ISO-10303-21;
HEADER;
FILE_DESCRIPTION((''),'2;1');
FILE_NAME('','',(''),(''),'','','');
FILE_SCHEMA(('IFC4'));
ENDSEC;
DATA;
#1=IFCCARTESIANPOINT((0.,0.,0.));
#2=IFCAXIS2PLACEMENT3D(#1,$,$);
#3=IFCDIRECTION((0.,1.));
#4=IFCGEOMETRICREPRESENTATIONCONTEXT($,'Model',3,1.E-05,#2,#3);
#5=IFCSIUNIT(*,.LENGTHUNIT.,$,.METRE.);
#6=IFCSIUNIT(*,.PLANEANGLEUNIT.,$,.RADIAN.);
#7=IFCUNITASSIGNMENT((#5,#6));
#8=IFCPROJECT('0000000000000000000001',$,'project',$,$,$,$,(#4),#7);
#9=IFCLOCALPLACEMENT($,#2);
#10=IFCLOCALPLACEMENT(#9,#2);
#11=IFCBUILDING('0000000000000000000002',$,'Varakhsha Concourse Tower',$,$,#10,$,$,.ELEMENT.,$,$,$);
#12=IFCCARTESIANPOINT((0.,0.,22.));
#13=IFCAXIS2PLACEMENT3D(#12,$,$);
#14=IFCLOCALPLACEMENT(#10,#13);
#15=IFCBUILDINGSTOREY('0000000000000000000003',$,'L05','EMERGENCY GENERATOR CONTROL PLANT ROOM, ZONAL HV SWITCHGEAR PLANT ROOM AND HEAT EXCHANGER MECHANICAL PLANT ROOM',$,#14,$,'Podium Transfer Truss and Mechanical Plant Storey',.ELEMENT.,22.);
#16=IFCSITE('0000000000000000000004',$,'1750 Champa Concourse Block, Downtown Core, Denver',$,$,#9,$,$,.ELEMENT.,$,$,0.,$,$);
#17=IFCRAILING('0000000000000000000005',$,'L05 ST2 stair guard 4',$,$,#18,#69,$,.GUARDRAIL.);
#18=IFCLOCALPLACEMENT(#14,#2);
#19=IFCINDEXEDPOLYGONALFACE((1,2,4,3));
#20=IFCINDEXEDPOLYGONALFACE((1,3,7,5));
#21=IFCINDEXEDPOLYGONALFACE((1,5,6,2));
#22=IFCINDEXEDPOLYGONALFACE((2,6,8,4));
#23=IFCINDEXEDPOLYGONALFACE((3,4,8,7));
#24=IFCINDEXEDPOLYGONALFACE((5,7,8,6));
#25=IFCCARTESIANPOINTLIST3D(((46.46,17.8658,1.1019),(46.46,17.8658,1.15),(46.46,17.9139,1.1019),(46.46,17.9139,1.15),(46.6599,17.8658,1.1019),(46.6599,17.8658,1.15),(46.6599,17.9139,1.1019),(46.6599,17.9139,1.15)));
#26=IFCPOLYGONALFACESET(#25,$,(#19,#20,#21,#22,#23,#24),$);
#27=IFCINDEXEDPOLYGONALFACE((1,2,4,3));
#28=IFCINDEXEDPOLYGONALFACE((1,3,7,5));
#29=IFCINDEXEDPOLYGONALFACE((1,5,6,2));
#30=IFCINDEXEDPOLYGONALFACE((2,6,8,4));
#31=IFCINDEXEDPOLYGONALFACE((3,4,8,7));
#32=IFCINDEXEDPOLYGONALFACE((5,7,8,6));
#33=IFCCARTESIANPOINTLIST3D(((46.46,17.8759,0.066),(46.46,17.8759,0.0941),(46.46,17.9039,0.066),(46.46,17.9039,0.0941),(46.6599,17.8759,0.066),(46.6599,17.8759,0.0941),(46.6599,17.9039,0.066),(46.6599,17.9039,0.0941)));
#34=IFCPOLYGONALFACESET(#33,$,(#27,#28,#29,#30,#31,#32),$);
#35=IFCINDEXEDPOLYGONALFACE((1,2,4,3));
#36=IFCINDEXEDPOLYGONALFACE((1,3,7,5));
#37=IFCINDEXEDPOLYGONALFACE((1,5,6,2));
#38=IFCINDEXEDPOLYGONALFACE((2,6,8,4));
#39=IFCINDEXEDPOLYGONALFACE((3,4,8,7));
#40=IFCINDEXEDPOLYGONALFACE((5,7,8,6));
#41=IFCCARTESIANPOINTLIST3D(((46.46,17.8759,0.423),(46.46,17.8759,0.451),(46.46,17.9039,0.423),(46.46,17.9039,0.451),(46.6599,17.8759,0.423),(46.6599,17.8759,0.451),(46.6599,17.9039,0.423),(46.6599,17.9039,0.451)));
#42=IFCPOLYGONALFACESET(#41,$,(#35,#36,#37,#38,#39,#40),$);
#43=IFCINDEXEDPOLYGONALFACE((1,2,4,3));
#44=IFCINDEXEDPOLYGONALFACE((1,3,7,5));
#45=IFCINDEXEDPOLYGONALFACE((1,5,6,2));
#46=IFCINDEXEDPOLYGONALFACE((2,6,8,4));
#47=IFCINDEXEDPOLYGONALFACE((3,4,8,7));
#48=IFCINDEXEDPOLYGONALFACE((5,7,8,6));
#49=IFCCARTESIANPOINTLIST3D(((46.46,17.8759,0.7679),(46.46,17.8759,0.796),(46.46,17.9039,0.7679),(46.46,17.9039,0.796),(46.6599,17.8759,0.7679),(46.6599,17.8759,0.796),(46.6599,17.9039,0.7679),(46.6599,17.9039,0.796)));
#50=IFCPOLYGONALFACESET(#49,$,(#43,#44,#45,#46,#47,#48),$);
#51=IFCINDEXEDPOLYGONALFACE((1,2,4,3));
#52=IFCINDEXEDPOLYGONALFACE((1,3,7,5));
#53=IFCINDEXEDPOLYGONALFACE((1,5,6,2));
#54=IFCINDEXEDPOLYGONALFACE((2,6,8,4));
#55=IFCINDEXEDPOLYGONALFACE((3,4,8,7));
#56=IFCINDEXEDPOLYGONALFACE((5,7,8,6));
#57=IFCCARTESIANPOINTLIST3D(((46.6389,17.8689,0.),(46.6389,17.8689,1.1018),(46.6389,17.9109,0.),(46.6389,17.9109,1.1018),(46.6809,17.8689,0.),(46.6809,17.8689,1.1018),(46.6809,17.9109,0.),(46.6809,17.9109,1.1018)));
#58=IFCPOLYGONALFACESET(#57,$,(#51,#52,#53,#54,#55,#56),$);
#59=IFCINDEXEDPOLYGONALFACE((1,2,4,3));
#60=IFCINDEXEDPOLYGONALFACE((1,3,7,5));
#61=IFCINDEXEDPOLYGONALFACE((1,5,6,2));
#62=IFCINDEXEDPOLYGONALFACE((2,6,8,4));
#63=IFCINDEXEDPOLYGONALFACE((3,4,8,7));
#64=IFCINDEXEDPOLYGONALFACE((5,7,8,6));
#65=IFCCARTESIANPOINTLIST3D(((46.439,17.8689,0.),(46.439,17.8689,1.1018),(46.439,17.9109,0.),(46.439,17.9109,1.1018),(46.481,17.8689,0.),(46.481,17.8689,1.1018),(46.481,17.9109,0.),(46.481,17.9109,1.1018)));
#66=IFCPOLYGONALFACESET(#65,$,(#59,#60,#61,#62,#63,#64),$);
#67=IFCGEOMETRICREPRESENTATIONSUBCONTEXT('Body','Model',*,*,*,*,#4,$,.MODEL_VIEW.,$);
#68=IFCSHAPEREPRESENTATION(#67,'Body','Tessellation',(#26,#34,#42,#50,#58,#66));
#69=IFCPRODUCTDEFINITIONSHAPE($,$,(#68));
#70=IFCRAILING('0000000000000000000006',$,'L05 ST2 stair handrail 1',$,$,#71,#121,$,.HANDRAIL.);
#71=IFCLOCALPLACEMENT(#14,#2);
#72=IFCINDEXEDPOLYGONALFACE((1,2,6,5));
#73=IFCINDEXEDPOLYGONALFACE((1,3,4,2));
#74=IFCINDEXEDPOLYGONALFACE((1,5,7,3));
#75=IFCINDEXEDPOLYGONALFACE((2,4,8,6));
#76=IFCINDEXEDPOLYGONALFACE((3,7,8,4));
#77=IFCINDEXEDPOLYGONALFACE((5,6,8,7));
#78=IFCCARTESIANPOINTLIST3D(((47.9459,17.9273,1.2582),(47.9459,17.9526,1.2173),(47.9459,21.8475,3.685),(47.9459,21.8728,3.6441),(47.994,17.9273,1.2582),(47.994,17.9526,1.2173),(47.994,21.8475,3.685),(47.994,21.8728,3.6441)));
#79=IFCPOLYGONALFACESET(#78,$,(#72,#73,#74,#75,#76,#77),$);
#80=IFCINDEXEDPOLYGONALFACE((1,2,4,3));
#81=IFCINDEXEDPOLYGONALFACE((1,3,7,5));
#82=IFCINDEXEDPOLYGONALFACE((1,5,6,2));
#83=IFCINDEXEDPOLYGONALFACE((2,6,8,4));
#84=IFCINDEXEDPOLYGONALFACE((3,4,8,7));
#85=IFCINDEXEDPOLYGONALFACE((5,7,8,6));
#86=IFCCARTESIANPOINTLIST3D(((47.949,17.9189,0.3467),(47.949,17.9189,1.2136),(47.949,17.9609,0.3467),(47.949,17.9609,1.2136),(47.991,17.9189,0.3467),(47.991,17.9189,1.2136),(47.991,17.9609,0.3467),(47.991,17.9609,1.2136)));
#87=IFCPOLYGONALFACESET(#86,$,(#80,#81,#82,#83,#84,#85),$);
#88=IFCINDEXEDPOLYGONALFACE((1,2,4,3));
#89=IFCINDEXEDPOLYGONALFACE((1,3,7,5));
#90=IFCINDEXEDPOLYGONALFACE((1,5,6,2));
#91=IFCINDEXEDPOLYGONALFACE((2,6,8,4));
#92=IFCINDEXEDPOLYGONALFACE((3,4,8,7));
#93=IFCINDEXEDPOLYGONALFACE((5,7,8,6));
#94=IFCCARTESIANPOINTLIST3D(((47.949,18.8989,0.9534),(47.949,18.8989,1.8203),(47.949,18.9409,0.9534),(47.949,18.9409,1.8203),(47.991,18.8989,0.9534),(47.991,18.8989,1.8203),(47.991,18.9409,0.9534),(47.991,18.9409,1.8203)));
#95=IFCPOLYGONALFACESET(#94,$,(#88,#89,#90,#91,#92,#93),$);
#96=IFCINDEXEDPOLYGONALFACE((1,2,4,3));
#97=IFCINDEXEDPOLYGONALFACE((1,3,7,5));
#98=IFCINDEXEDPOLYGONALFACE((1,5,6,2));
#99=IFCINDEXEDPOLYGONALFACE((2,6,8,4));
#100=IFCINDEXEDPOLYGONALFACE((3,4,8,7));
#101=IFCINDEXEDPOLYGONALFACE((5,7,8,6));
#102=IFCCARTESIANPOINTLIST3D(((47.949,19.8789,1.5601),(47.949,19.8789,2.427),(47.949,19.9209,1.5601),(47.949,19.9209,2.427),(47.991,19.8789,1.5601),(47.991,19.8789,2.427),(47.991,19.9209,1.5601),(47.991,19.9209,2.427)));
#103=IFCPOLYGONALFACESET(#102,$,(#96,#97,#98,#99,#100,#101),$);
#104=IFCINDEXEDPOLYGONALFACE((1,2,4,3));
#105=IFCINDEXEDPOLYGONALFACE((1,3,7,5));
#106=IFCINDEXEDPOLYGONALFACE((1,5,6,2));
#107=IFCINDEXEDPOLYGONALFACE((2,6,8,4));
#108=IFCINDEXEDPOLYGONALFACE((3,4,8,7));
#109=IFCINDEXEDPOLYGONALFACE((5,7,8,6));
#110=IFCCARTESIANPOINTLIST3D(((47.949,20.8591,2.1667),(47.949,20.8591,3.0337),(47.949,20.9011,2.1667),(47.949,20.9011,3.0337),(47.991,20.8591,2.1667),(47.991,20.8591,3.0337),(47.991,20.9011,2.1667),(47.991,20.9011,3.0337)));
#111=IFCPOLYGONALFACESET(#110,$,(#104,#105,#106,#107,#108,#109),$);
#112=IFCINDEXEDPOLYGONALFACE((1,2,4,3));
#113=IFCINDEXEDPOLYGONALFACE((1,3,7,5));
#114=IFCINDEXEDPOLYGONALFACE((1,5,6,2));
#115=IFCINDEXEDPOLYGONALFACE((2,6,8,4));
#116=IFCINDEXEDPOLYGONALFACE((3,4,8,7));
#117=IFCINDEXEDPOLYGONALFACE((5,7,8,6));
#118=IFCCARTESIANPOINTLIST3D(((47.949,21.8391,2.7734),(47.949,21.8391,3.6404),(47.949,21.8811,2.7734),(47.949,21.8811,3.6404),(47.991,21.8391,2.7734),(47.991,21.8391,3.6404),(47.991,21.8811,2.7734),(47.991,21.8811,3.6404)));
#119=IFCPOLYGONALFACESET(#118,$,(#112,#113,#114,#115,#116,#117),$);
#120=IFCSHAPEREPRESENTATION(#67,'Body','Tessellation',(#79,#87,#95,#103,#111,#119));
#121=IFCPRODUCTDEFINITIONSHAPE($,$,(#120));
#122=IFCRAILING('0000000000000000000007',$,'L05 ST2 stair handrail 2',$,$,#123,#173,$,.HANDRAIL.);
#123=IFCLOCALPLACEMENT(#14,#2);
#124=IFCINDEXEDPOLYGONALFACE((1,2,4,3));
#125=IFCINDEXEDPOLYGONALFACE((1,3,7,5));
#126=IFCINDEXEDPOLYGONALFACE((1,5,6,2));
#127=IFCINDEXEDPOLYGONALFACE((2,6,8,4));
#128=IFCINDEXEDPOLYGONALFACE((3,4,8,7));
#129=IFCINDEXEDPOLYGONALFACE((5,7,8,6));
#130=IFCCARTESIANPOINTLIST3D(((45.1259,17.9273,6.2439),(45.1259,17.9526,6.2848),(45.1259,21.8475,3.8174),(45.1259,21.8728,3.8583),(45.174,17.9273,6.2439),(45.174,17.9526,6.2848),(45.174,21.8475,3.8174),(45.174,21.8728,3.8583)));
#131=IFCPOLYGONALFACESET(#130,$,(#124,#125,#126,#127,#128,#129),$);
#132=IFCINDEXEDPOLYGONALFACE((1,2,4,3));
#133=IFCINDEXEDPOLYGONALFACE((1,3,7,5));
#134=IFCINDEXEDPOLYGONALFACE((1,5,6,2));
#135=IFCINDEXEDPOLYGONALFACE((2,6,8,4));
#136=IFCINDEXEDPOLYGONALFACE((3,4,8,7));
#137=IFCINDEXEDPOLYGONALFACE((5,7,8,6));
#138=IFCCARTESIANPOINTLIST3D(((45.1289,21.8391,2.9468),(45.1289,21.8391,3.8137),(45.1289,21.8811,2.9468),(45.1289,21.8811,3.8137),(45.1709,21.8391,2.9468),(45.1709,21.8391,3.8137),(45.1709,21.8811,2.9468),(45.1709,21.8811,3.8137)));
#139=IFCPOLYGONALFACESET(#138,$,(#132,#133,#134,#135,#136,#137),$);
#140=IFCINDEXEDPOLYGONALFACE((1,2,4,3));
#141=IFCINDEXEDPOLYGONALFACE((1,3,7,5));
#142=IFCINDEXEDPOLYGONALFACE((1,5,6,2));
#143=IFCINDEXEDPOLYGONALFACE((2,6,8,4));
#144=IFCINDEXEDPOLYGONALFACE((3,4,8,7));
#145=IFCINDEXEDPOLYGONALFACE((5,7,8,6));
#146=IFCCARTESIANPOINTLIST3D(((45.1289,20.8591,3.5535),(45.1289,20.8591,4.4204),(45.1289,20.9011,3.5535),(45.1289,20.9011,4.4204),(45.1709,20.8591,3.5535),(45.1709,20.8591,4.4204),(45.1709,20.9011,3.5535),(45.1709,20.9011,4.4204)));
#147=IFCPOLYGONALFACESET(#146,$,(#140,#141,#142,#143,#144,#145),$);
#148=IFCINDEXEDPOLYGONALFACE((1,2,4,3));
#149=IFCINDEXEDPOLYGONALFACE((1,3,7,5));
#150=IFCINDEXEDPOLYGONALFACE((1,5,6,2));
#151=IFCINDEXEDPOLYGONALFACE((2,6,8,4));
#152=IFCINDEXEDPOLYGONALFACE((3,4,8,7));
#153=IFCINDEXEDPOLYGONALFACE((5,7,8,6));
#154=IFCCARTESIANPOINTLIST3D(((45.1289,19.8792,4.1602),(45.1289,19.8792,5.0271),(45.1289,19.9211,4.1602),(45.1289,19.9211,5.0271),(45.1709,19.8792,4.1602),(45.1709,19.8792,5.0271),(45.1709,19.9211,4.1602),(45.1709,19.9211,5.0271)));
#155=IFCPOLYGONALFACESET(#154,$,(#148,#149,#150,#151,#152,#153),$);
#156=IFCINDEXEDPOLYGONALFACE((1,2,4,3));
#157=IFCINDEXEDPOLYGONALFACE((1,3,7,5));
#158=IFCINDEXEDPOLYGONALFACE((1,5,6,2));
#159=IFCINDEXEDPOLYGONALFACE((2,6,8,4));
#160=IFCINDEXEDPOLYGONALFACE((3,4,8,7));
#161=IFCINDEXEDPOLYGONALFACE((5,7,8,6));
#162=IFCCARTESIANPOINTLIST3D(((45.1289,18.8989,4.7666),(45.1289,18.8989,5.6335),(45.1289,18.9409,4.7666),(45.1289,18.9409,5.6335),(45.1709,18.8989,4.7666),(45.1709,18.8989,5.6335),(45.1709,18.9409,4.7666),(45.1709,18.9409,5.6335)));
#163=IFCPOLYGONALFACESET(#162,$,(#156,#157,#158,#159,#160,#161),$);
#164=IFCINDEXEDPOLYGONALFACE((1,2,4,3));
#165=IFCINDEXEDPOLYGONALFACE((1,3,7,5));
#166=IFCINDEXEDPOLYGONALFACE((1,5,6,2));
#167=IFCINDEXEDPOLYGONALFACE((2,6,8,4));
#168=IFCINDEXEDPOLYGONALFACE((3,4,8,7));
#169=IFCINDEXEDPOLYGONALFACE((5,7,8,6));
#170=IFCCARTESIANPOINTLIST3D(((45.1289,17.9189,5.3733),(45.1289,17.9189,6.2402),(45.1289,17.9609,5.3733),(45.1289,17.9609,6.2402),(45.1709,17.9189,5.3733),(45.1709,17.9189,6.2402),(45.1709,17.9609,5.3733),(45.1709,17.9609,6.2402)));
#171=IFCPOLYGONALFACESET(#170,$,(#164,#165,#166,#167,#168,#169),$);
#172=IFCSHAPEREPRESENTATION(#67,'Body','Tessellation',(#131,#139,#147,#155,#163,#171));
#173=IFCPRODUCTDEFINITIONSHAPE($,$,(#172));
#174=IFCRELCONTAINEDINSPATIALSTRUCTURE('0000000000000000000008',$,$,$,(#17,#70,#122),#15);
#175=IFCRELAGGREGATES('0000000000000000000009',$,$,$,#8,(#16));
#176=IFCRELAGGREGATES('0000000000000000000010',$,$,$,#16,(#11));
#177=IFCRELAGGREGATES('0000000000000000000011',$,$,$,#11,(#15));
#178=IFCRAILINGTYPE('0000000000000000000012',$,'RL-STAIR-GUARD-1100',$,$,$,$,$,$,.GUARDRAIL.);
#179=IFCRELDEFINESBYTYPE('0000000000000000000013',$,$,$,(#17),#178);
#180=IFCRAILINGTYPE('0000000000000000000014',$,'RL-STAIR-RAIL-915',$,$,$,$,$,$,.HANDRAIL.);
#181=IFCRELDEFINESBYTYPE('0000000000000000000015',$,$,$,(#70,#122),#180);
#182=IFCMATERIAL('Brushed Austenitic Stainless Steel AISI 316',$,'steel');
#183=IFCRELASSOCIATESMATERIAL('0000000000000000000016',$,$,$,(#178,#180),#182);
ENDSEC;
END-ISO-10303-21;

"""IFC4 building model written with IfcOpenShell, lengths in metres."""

from ifc_helpers import new_model, si_unit, direction, frame, origin, origin_2d, place, context, subcontext, project, spatial, rectangle, extrude, material, type_object, element, save


model = new_model("IFC4")

# Units and contexts
model_context = context("Model", 3, precision=1e-05, world=origin(), true_north=direction((0.0, 1.0)))
body_context = subcontext(model_context, "Body", "Model", "MODEL_VIEW")
ifc_project = project(units=[si_unit("LENGTHUNIT", "METRE"), si_unit("PLANEANGLEUNIT", "RADIAN")], contexts=[model_context])

# Site, building, storey
site_placement = place(None, origin())
site = spatial("IfcSite", under=ifc_project, at=site_placement, Name="1750 Champa Concourse Block, Downtown Core, Denver", CompositionType="ELEMENT", RefElevation=0.0)
building_placement = place(site_placement, origin())
building = spatial("IfcBuilding", under=site, at=building_placement, Name="Varakhsha Concourse Tower", CompositionType="ELEMENT")
storey_placement = place(building_placement, frame((0.0, 0.0, 22.0)))
storey = spatial("IfcBuildingStorey", under=building, at=storey_placement, Name="L05", Description="EMERGENCY GENERATOR CONTROL PLANT ROOM, ZONAL HV SWITCHGEAR PLANT ROOM AND HEAT EXCHANGER MECHANICAL PLANT ROOM", LongName="Podium Transfer Truss and Mechanical Plant Storey", CompositionType="ELEMENT", Elevation=22.0)

# Railings
ifc_material_1 = material(Name="Brushed Austenitic Stainless Steel AISI 316", Category="steel")
railing_type_1 = type_object("IfcRailingType", Name="RL-STAIR-GUARD-1100", PredefinedType="GUARDRAIL", material=ifc_material_1)
railing_1_placement = place(storey_placement, frame((46.6599, 17.8899, 0.0)))
element("IfcRailing", 1, at=railing_1_placement, inside=storey, type_object=railing_type_1, Name="L05 ST2 stair guard 4", PredefinedType="GUARDRAIL", context=body_context, shape_type="SweptSolid", body=[
    extrude(rectangle(XDim=0.0481, YDim=0.0481, at=origin_2d()), frame((0.0, 0.0, 1.126), z_axis=(-1.0, 0.0, 0.0), x_axis=(0.0, -1.0, 0.0)), (0.0, 0.0, 1.0), 0.2),
    extrude(rectangle(XDim=0.0281, YDim=0.0281, at=origin_2d()), frame((0.0, 0.0, 0.0801), z_axis=(-1.0, 0.0, 0.0), x_axis=(0.0, -1.0, 0.0)), (0.0, 0.0, 1.0), 0.2),
    extrude(rectangle(XDim=0.0281, YDim=0.0281, at=origin_2d()), frame((0.0, 0.0, 0.437), z_axis=(-1.0, 0.0, 0.0), x_axis=(0.0, -1.0, 0.0)), (0.0, 0.0, 1.0), 0.2),
    extrude(rectangle(XDim=0.0281, YDim=0.0281, at=origin_2d()), frame((0.0, 0.0, 0.782), z_axis=(-1.0, 0.0, 0.0), x_axis=(0.0, -1.0, 0.0)), (0.0, 0.0, 1.0), 0.2),
    extrude(rectangle(XDim=0.042, YDim=0.042, at=origin_2d()), origin(), (0.0, 0.0, 1.0), 1.1018),
    extrude(rectangle(XDim=0.042, YDim=0.042, at=origin_2d()), frame((-0.2, 0.0, 0.0)), (0.0, 0.0, 1.0), 1.1018),
])
railing_type_2 = type_object("IfcRailingType", Name="RL-STAIR-RAIL-915", PredefinedType="HANDRAIL", material=ifc_material_1)
railing_2_placement = place(storey_placement, frame((47.97, 17.9399, 0.3467)))
element("IfcRailing", 2, at=railing_2_placement, inside=storey, type_object=railing_type_2, Name="L05 ST2 stair handrail 1", PredefinedType="HANDRAIL", context=body_context, shape_type="SweptSolid", body=[
    extrude(rectangle(XDim=0.0481, YDim=0.0481, at=origin_2d()), frame((0.0, 0.0, 0.8911), z_axis=(0.0, 0.850266, 0.526353), x_axis=(-1.0, 0.0, 0.0)), (0.0, 0.0, 1.0), 4.6106),
    extrude(rectangle(XDim=0.042, YDim=0.042, at=origin_2d()), origin(), (0.0, 0.0, 1.0), 0.8669),
    extrude(rectangle(XDim=0.042, YDim=0.042, at=origin_2d()), frame((0.0, 0.98, 0.6067)), (0.0, 0.0, 1.0), 0.8669),
    extrude(rectangle(XDim=0.042, YDim=0.042, at=origin_2d()), frame((0.0, 1.96, 1.2134)), (0.0, 0.0, 1.0), 0.8669),
    extrude(rectangle(XDim=0.042, YDim=0.042, at=origin_2d()), frame((0.0, 2.9402, 1.8201)), (0.0, 0.0, 1.0), 0.8669),
    extrude(rectangle(XDim=0.042, YDim=0.042, at=origin_2d()), frame((0.0, 3.9202, 2.4268)), (0.0, 0.0, 1.0), 0.8669),
])
railing_3_placement = place(storey_placement, frame((45.1499, 21.8601, 2.9468)))
element("IfcRailing", 3, at=railing_3_placement, inside=storey, type_object=railing_type_2, Name="L05 ST2 stair handrail 2", PredefinedType="HANDRAIL", context=body_context, shape_type="SweptSolid", body=[
    extrude(rectangle(XDim=0.0481, YDim=0.0481, at=origin_2d()), frame((0.0, 0.0, 0.8911), z_axis=(0.0, -0.85029, 0.526315), x_axis=(1.0, 0.0, 0.0)), (0.0, 0.0, 1.0), 4.6104),
    extrude(rectangle(XDim=0.042, YDim=0.042, at=origin_2d()), origin(), (0.0, 0.0, 1.0), 0.8669),
    extrude(rectangle(XDim=0.042, YDim=0.042, at=origin_2d()), frame((0.0, -0.98, 0.6067)), (0.0, 0.0, 1.0), 0.8669),
    extrude(rectangle(XDim=0.042, YDim=0.042, at=origin_2d()), frame((0.0, -1.96, 1.2134)), (0.0, 0.0, 1.0), 0.8669),
    extrude(rectangle(XDim=0.042, YDim=0.042, at=origin_2d()), frame((0.0, -2.9402, 1.8198)), (0.0, 0.0, 1.0), 0.8669),
    extrude(rectangle(XDim=0.042, YDim=0.042, at=origin_2d()), frame((0.0, -3.9202, 2.4265)), (0.0, 0.0, 1.0), 0.8669),
])

save(model, "model.ifc")
